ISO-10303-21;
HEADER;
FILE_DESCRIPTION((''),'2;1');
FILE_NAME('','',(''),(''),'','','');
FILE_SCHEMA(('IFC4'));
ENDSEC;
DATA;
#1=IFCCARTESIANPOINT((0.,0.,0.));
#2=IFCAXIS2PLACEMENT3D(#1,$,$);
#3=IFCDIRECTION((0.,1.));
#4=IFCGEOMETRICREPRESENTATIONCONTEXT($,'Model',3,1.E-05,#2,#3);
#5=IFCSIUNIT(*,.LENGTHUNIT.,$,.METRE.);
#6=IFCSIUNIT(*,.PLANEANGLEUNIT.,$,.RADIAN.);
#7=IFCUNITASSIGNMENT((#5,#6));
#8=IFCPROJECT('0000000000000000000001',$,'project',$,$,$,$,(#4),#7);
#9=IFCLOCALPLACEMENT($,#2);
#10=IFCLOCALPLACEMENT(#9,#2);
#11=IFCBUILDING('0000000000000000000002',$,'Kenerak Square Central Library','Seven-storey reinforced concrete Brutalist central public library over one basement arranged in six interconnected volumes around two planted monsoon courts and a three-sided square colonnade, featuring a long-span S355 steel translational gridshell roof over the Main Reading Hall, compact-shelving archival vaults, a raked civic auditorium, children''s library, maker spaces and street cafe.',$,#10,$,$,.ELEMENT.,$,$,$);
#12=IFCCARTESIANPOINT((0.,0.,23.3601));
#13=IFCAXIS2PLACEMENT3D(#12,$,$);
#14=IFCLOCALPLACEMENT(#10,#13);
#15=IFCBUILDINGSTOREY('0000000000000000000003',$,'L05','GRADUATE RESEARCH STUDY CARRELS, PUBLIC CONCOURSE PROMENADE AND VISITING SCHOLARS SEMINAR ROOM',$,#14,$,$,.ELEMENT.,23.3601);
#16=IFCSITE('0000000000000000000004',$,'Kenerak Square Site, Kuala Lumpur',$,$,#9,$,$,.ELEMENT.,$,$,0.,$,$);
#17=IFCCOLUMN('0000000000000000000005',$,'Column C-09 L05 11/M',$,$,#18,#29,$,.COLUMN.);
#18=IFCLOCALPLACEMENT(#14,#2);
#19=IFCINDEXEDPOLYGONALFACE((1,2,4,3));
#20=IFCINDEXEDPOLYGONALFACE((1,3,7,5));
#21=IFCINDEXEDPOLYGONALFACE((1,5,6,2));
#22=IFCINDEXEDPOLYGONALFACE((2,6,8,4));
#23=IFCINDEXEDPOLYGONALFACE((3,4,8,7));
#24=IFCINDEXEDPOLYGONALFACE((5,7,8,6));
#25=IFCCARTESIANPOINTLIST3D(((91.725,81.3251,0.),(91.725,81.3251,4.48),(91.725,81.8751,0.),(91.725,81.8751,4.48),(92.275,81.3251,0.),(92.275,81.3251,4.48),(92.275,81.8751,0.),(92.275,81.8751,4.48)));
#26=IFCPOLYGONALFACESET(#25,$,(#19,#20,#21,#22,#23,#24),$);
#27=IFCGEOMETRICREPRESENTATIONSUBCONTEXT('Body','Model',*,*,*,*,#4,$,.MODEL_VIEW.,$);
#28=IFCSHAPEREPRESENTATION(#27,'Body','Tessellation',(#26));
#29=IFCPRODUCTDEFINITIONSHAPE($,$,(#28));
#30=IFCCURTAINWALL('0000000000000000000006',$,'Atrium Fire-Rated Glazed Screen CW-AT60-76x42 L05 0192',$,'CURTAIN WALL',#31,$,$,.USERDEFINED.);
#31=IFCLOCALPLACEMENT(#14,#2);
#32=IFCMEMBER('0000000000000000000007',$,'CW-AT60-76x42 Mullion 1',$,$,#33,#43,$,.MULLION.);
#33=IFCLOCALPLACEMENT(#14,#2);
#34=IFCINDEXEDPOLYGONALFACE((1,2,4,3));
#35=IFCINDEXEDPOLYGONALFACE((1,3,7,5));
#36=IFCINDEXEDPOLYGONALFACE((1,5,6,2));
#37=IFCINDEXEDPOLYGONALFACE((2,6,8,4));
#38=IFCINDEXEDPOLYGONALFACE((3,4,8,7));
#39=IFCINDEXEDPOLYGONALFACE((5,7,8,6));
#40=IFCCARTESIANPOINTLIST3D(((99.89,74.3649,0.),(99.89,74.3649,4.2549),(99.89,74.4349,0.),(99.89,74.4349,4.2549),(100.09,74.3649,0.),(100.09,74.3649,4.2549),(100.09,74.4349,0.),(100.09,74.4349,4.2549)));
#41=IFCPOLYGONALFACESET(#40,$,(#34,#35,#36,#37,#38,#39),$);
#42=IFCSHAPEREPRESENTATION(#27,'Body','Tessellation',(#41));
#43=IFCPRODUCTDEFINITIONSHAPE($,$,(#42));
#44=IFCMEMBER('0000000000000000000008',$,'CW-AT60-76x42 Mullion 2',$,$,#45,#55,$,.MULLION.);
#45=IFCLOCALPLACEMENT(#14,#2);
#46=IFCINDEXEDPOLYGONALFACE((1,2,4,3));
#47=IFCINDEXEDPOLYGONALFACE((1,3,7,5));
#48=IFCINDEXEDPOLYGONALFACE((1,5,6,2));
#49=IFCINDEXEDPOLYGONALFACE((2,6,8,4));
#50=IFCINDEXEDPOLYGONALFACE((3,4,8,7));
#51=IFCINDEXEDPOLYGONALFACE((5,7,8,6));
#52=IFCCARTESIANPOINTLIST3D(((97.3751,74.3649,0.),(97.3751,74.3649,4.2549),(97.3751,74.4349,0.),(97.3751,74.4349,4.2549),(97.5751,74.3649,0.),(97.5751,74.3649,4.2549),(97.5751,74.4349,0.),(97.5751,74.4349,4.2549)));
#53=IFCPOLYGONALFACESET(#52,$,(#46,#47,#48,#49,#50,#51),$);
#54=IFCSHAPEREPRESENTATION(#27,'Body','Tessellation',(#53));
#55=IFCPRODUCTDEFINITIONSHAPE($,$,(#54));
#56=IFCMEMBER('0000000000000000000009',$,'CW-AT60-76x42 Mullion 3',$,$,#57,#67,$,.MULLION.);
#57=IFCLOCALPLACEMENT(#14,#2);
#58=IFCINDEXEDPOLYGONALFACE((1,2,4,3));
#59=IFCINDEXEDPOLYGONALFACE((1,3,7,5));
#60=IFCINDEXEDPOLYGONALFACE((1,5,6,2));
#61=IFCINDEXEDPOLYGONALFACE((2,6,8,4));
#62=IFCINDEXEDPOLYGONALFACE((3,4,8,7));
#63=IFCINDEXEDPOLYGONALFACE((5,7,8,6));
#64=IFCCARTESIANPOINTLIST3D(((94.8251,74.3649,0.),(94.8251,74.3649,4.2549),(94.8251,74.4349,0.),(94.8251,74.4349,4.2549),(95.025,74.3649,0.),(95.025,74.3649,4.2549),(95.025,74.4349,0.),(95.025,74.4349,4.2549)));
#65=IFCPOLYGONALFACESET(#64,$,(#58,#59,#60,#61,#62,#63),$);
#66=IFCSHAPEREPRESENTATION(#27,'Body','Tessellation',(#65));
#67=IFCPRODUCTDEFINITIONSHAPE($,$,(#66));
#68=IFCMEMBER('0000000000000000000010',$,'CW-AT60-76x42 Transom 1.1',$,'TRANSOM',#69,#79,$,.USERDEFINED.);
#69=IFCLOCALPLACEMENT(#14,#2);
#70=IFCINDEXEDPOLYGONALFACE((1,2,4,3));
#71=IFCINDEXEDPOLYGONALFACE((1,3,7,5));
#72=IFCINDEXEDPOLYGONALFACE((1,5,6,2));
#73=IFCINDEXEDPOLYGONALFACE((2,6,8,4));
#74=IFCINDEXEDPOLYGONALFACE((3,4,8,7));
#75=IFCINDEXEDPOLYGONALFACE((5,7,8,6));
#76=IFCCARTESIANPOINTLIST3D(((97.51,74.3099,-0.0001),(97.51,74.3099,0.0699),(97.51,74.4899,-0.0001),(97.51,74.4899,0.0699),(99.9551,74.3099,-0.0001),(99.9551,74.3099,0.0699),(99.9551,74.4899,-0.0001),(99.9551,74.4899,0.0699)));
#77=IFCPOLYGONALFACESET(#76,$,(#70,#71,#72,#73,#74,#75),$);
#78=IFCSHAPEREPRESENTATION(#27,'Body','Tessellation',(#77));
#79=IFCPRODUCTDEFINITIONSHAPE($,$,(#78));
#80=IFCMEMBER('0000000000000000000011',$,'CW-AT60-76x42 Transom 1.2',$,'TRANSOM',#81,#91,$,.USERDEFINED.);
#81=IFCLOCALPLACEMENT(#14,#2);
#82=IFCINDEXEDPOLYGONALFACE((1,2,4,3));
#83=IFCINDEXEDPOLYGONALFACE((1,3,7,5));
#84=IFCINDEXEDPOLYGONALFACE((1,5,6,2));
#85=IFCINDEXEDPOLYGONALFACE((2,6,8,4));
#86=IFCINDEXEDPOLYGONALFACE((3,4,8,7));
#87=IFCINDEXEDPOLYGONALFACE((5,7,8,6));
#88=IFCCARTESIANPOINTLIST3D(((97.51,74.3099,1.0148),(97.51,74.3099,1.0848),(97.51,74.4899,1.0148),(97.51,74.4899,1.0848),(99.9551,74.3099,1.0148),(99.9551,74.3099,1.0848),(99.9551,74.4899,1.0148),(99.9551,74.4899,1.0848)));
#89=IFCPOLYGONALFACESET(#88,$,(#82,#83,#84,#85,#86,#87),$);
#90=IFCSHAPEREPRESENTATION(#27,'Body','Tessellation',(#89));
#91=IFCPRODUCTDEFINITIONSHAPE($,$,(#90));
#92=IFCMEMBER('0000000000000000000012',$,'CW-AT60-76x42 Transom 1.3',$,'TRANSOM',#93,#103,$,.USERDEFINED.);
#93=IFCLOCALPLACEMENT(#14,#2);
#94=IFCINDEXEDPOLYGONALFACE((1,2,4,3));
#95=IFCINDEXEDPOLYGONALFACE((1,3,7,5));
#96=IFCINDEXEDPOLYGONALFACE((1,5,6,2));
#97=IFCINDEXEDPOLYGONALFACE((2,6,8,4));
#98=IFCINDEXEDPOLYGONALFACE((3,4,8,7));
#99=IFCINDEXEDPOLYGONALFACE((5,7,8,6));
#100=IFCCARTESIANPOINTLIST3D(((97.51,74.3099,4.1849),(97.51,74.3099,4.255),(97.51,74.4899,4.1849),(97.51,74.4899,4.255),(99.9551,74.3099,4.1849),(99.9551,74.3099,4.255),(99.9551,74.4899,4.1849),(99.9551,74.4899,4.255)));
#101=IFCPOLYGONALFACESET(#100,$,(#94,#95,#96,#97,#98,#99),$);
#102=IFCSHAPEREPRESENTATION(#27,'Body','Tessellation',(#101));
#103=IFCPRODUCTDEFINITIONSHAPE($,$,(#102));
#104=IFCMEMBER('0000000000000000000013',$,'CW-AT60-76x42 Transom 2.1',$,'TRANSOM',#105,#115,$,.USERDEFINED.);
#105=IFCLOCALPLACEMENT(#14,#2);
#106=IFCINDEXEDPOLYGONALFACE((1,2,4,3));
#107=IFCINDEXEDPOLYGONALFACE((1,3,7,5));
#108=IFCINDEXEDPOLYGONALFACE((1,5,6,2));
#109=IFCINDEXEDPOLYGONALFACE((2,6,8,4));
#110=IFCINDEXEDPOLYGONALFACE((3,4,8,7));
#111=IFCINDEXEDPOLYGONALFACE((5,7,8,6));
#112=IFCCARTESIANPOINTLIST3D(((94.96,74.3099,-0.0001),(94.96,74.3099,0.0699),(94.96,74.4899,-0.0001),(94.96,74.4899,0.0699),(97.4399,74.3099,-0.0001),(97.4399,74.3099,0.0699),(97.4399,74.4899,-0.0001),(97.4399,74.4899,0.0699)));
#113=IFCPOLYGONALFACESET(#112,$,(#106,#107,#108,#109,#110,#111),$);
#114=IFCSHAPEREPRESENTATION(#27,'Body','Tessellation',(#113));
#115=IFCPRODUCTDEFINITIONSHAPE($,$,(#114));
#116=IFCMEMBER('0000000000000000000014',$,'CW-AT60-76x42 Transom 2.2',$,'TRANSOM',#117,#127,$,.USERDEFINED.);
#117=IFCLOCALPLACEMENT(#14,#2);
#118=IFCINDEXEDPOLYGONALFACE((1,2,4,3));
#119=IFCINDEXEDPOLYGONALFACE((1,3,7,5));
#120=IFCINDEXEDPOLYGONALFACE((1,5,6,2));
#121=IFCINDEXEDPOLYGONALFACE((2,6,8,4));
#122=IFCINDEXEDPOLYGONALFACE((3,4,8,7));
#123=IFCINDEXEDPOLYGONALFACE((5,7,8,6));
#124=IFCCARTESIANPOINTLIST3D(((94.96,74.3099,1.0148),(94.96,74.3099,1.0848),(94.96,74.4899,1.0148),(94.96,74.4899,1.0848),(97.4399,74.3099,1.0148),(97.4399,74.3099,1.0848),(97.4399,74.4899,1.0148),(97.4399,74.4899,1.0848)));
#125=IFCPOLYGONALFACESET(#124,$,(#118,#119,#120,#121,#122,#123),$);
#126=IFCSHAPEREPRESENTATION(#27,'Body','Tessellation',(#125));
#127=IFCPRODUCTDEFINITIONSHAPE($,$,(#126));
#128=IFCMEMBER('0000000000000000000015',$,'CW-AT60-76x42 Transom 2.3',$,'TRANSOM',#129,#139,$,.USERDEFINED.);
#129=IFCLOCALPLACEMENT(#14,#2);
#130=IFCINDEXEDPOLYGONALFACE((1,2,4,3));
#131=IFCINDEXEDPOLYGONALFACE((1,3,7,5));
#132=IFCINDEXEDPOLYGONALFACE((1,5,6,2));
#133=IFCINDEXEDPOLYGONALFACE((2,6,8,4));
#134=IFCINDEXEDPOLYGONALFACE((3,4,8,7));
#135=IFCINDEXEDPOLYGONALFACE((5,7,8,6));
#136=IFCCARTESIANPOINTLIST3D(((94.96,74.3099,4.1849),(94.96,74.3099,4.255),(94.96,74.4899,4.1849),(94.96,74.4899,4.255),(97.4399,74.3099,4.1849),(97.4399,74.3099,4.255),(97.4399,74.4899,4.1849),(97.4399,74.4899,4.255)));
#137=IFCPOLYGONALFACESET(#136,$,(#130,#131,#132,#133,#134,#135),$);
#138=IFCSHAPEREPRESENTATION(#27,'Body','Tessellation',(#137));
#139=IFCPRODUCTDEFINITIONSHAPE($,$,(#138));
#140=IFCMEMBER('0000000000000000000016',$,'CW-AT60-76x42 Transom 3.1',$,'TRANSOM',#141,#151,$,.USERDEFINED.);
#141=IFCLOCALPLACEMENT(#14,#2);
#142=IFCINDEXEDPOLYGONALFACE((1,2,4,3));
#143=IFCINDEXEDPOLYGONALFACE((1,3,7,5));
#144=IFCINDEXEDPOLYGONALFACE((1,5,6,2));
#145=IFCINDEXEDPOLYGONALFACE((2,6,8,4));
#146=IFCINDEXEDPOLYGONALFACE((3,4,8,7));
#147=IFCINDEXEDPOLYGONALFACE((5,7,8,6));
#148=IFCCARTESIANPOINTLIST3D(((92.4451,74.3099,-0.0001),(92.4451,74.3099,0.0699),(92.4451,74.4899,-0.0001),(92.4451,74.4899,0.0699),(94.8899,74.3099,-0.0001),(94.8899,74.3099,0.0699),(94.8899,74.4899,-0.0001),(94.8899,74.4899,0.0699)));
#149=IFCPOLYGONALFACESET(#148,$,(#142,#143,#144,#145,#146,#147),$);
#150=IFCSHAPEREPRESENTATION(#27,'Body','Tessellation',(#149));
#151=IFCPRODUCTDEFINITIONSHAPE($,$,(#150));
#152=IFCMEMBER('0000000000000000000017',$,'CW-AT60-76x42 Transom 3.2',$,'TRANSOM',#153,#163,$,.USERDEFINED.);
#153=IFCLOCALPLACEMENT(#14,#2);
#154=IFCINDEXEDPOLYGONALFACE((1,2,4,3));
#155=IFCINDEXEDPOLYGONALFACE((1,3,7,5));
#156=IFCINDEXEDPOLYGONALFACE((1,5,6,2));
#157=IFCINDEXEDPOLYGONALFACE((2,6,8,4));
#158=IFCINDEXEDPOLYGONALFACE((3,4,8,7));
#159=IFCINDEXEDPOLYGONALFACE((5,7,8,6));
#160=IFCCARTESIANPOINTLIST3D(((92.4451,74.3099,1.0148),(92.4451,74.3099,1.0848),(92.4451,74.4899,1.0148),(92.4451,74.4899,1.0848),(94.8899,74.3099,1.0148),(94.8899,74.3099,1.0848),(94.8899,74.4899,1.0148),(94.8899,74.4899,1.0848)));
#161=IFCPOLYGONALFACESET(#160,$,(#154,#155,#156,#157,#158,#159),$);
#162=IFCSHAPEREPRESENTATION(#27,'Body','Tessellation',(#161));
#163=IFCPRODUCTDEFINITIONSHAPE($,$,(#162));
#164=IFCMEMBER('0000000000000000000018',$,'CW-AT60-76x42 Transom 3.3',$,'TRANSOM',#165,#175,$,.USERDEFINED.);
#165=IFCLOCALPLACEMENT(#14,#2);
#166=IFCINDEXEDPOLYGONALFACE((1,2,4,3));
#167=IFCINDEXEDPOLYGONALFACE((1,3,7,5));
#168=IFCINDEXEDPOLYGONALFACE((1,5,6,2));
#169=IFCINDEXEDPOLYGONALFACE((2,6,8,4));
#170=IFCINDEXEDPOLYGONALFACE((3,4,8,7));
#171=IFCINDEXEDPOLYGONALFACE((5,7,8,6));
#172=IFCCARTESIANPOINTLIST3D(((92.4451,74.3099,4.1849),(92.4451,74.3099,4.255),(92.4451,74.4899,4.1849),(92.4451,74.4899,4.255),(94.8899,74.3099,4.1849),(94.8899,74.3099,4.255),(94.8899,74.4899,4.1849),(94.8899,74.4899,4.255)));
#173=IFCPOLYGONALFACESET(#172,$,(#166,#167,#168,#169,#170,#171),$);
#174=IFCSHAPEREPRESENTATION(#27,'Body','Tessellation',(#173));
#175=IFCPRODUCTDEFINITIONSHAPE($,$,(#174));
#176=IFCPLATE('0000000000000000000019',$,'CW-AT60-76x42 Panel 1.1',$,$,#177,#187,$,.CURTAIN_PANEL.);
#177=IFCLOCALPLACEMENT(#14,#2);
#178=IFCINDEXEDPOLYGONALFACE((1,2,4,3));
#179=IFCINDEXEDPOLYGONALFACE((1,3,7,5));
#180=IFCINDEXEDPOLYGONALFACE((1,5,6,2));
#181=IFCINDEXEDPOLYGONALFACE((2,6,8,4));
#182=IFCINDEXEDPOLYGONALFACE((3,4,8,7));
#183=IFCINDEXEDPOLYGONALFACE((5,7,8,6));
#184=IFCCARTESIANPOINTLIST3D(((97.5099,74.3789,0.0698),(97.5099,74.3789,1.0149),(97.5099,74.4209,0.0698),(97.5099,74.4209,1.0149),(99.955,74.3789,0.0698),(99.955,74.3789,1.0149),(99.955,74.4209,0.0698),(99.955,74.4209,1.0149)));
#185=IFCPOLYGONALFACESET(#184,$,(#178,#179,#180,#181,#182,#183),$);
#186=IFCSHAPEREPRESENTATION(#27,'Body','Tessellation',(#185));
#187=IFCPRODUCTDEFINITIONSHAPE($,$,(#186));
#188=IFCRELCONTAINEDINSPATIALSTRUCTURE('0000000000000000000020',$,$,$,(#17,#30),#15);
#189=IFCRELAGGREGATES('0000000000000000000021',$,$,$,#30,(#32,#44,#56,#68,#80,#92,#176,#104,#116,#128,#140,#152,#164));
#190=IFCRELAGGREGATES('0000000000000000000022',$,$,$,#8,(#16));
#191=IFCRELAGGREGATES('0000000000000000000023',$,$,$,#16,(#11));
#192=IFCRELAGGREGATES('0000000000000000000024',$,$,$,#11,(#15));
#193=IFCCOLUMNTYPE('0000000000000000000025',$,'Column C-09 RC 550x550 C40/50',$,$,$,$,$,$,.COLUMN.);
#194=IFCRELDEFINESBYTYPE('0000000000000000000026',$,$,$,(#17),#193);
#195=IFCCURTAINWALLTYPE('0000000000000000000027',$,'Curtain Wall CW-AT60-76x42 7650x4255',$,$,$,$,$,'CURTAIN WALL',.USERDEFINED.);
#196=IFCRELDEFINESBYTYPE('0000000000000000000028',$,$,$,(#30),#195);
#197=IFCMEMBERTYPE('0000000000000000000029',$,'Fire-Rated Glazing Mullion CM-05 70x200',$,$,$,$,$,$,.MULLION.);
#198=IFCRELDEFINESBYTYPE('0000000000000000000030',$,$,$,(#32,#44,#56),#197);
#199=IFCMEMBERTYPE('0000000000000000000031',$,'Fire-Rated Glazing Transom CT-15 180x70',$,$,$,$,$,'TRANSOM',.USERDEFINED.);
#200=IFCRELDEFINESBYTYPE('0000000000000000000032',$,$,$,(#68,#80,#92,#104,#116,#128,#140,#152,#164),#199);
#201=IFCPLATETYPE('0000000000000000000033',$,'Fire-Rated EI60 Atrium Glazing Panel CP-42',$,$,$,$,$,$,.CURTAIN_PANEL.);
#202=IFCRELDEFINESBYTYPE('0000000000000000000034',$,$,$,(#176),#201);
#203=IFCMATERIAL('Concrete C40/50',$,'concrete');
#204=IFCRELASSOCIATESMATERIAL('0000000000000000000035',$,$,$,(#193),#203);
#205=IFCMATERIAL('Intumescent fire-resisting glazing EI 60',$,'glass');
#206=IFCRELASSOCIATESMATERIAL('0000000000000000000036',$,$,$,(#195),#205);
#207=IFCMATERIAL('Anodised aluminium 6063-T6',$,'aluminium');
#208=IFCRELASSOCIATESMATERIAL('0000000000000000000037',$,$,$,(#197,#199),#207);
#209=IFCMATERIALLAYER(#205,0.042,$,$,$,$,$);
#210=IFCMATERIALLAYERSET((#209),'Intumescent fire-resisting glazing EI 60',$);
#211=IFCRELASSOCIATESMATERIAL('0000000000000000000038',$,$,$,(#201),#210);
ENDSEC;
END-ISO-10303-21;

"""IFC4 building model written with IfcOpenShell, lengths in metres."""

from ifc_helpers import new_model, si_unit, direction, frame, origin, origin_2d, place, context, subcontext, project, spatial, rectangle, extrude, material, layer, layer_set, material_profile, profile_set, type_object, element, aggregate, save


model = new_model("IFC4")

# Units and contexts
model_context = context("Model", 3, precision=1e-05, world=origin(), true_north=direction((0.0, 1.0)))
body_context = subcontext(model_context, "Body", "Model", "MODEL_VIEW")
ifc_project = project(units=[si_unit("LENGTHUNIT", "METRE"), si_unit("PLANEANGLEUNIT", "RADIAN")], contexts=[model_context])

# Site, building, storey
site_placement = place(None, origin())
site = spatial("IfcSite", under=ifc_project, at=site_placement, Name="Kenerak Square Site, Kuala Lumpur", CompositionType="ELEMENT", RefElevation=0.0)
building_placement = place(site_placement, origin())
building = spatial("IfcBuilding", under=site, at=building_placement, Name="Kenerak Square Central Library", Description="Seven-storey reinforced concrete Brutalist central public library over one basement arranged in six interconnected volumes around two planted monsoon courts and a three-sided square colonnade, featuring a long-span S355 steel translational gridshell roof over the Main Reading Hall, compact-shelving archival vaults, a raked civic auditorium, children's library, maker spaces and street cafe.", CompositionType="ELEMENT")
storey_placement = place(building_placement, frame((0.0, 0.0, 23.3601)))
storey = spatial("IfcBuildingStorey", under=building, at=storey_placement, Name="L05", Description="GRADUATE RESEARCH STUDY CARRELS, PUBLIC CONCOURSE PROMENADE AND VISITING SCHOLARS SEMINAR ROOM", CompositionType="ELEMENT", Elevation=23.3601)

# Column
ifc_material_1 = material(Name="Concrete C40/50", Category="concrete")
ifc_material_profile_1 = material_profile(ifc_material_1, rectangle(XDim=0.55, YDim=0.55, at=origin_2d()), Name="RC 550x550")
ifc_profile_set_1 = profile_set([ifc_material_profile_1], Name="Concrete C40/50")
column_type = type_object("IfcColumnType", Name="Column C-09 RC 550x550 C40/50", PredefinedType="COLUMN", material=ifc_profile_set_1)
column_placement = place(storey_placement, frame((92.0, 81.6001, 0.0), z_axis=(0.0, 0.0, 1.0), x_axis=(1.0, 0.0, 0.0)))
element("IfcColumn", 1, at=column_placement, inside=storey, type_object=column_type, Name="Column C-09 L05 11/M", PredefinedType="COLUMN", context=body_context, shape_type="SweptSolid", body=[
    extrude(rectangle(XDim=0.55, YDim=0.55, at=origin_2d()), origin(), (0.0, 0.0, 1.0), 4.48),
])

# Curtain wall, members, plate
ifc_material_2 = material(Name="Intumescent fire-resisting glazing EI 60", Category="glass")
curtain_wall_type = type_object("IfcCurtainWallType", Name="Curtain Wall CW-AT60-76x42 7650x4255", ElementType="CURTAIN WALL", PredefinedType="USERDEFINED", material=ifc_material_2)
curtain_wall_placement = place(storey_placement, origin())
curtain_wall = element("IfcCurtainWall", 2, at=curtain_wall_placement, inside=storey, type_object=curtain_wall_type, Name="Atrium Fire-Rated Glazed Screen CW-AT60-76x42 L05 0192", ObjectType="CURTAIN WALL", PredefinedType="USERDEFINED")
ifc_material_3 = material(Name="Anodised aluminium 6063-T6", Category="aluminium")
ifc_material_profile_2 = material_profile(ifc_material_3, rectangle(XDim=0.0701, YDim=0.2, at=origin_2d()), Name="AL MULLION 70x200")
ifc_profile_set_2 = profile_set([ifc_material_profile_2], Name="Anodised aluminium 6063-T6")
member_type_1 = type_object("IfcMemberType", Name="Fire-Rated Glazing Mullion CM-05 70x200", PredefinedType="MULLION", material=ifc_profile_set_2)
member_1_placement = place(storey_placement, frame((99.99, 74.3999, 0.0), z_axis=(0.0, 0.0, 1.0), x_axis=(0.0, -1.0, 0.0)))
member_1 = element("IfcMember", 3, at=member_1_placement, type_object=member_type_1, Name="CW-AT60-76x42 Mullion 1", PredefinedType="MULLION", context=body_context, shape_type="SweptSolid", body=[
    extrude(rectangle(XDim=0.0701, YDim=0.2, at=origin_2d()), origin(), (0.0, 0.0, 1.0), 4.2549),
])
member_2_placement = place(storey_placement, frame((97.4751, 74.3999, 0.0), z_axis=(0.0, 0.0, 1.0), x_axis=(0.0, -1.0, 0.0)))
member_2 = element("IfcMember", 4, at=member_2_placement, type_object=member_type_1, Name="CW-AT60-76x42 Mullion 2", PredefinedType="MULLION", context=body_context, shape_type="SweptSolid", body=[
    extrude(rectangle(XDim=0.0701, YDim=0.2, at=origin_2d()), origin(), (0.0, 0.0, 1.0), 4.2549),
])
member_3_placement = place(storey_placement, frame((94.925, 74.3999, 0.0), z_axis=(0.0, 0.0, 1.0), x_axis=(0.0, -1.0, 0.0)))
member_3 = element("IfcMember", 5, at=member_3_placement, type_object=member_type_1, Name="CW-AT60-76x42 Mullion 3", PredefinedType="MULLION", context=body_context, shape_type="SweptSolid", body=[
    extrude(rectangle(XDim=0.0701, YDim=0.2, at=origin_2d()), origin(), (0.0, 0.0, 1.0), 4.2549),
])
ifc_material_profile_3 = material_profile(ifc_material_3, rectangle(XDim=0.1799, YDim=0.0701, at=origin_2d()), Name="AL TRANSOM 180x70")
ifc_profile_set_3 = profile_set([ifc_material_profile_3], Name="Anodised aluminium 6063-T6")
member_type_2 = type_object("IfcMemberType", Name="Fire-Rated Glazing Transom CT-15 180x70", ElementType="TRANSOM", PredefinedType="USERDEFINED", material=ifc_profile_set_3)
member_4_placement = place(storey_placement, frame((99.9551, 74.3999, 0.0349), z_axis=(-1.0, 0.0, 0.0), x_axis=(0.0, -1.0, 0.0)))
member_4 = element("IfcMember", 6, at=member_4_placement, type_object=member_type_2, Name="CW-AT60-76x42 Transom 1.1", ObjectType="TRANSOM", PredefinedType="USERDEFINED", context=body_context, shape_type="SweptSolid", body=[
    extrude(rectangle(XDim=0.1799, YDim=0.0701, at=origin_2d()), origin(), (0.0, 0.0, 1.0), 2.4451),
])
member_5_placement = place(storey_placement, frame((99.9551, 74.3999, 1.0498), z_axis=(-1.0, 0.0, 0.0), x_axis=(0.0, -1.0, 0.0)))
member_5 = element("IfcMember", 7, at=member_5_placement, type_object=member_type_2, Name="CW-AT60-76x42 Transom 1.2", ObjectType="TRANSOM", PredefinedType="USERDEFINED", context=body_context, shape_type="SweptSolid", body=[
    extrude(rectangle(XDim=0.1799, YDim=0.0701, at=origin_2d()), origin(), (0.0, 0.0, 1.0), 2.4451),
])
member_6_placement = place(storey_placement, frame((99.9551, 74.3999, 4.22), z_axis=(-1.0, 0.0, 0.0), x_axis=(0.0, -1.0, 0.0)))
member_6 = element("IfcMember", 8, at=member_6_placement, type_object=member_type_2, Name="CW-AT60-76x42 Transom 1.3", ObjectType="TRANSOM", PredefinedType="USERDEFINED", context=body_context, shape_type="SweptSolid", body=[
    extrude(rectangle(XDim=0.1799, YDim=0.0701, at=origin_2d()), origin(), (0.0, 0.0, 1.0), 2.4451),
])
member_7_placement = place(storey_placement, frame((97.4399, 74.3999, 0.0349), z_axis=(-1.0, 0.0, 0.0), x_axis=(0.0, -1.0, 0.0)))
member_7 = element("IfcMember", 9, at=member_7_placement, type_object=member_type_2, Name="CW-AT60-76x42 Transom 2.1", ObjectType="TRANSOM", PredefinedType="USERDEFINED", context=body_context, shape_type="SweptSolid", body=[
    extrude(rectangle(XDim=0.1799, YDim=0.0701, at=origin_2d()), origin(), (0.0, 0.0, 1.0), 2.48),
])
member_8_placement = place(storey_placement, frame((97.4399, 74.3999, 1.0498), z_axis=(-1.0, 0.0, 0.0), x_axis=(0.0, -1.0, 0.0)))
member_8 = element("IfcMember", 10, at=member_8_placement, type_object=member_type_2, Name="CW-AT60-76x42 Transom 2.2", ObjectType="TRANSOM", PredefinedType="USERDEFINED", context=body_context, shape_type="SweptSolid", body=[
    extrude(rectangle(XDim=0.1799, YDim=0.0701, at=origin_2d()), origin(), (0.0, 0.0, 1.0), 2.48),
])
member_9_placement = place(storey_placement, frame((97.4399, 74.3999, 4.22), z_axis=(-1.0, 0.0, 0.0), x_axis=(0.0, -1.0, 0.0)))
member_9 = element("IfcMember", 11, at=member_9_placement, type_object=member_type_2, Name="CW-AT60-76x42 Transom 2.3", ObjectType="TRANSOM", PredefinedType="USERDEFINED", context=body_context, shape_type="SweptSolid", body=[
    extrude(rectangle(XDim=0.1799, YDim=0.0701, at=origin_2d()), origin(), (0.0, 0.0, 1.0), 2.48),
])
member_10_placement = place(storey_placement, frame((94.8899, 74.3999, 0.0349), z_axis=(-1.0, 0.0, 0.0), x_axis=(0.0, -1.0, 0.0)))
member_10 = element("IfcMember", 12, at=member_10_placement, type_object=member_type_2, Name="CW-AT60-76x42 Transom 3.1", ObjectType="TRANSOM", PredefinedType="USERDEFINED", context=body_context, shape_type="SweptSolid", body=[
    extrude(rectangle(XDim=0.1799, YDim=0.0701, at=origin_2d()), origin(), (0.0, 0.0, 1.0), 2.4448),
])
member_11_placement = place(storey_placement, frame((94.8899, 74.3999, 1.0498), z_axis=(-1.0, 0.0, 0.0), x_axis=(0.0, -1.0, 0.0)))
member_11 = element("IfcMember", 13, at=member_11_placement, type_object=member_type_2, Name="CW-AT60-76x42 Transom 3.2", ObjectType="TRANSOM", PredefinedType="USERDEFINED", context=body_context, shape_type="SweptSolid", body=[
    extrude(rectangle(XDim=0.1799, YDim=0.0701, at=origin_2d()), origin(), (0.0, 0.0, 1.0), 2.4448),
])
member_12_placement = place(storey_placement, frame((94.8899, 74.3999, 4.22), z_axis=(-1.0, 0.0, 0.0), x_axis=(0.0, -1.0, 0.0)))
member_12 = element("IfcMember", 14, at=member_12_placement, type_object=member_type_2, Name="CW-AT60-76x42 Transom 3.3", ObjectType="TRANSOM", PredefinedType="USERDEFINED", context=body_context, shape_type="SweptSolid", body=[
    extrude(rectangle(XDim=0.1799, YDim=0.0701, at=origin_2d()), origin(), (0.0, 0.0, 1.0), 2.4448),
])
ifc_layer_1 = layer(ifc_material_2, 0.042)
ifc_layer_set_1 = layer_set([ifc_layer_1], Name="Intumescent fire-resisting glazing EI 60")
plate_type = type_object("IfcPlateType", Name="Fire-Rated EI60 Atrium Glazing Panel CP-42", PredefinedType="CURTAIN_PANEL", material=ifc_layer_set_1)
plate_1_placement = place(storey_placement, frame((98.7324, 74.3999, 0.0698), z_axis=(0.0, 0.0, 1.0), x_axis=(-1.0, 0.0, 0.0)))
plate_1 = element("IfcPlate", 15, at=plate_1_placement, type_object=plate_type, Name="CW-AT60-76x42 Panel 1.1", PredefinedType="CURTAIN_PANEL", context=body_context, shape_type="SweptSolid", body=[
    extrude(rectangle(XDim=2.4451, YDim=0.042, at=origin_2d()), origin(), (0.0, 0.0, 1.0), 0.9451),
])
aggregate(curtain_wall, [member_1, member_2, member_3, member_4, member_5, member_6, plate_1, member_7, member_8, member_9, member_10, member_11, member_12])

save(model, "model.ifc")
